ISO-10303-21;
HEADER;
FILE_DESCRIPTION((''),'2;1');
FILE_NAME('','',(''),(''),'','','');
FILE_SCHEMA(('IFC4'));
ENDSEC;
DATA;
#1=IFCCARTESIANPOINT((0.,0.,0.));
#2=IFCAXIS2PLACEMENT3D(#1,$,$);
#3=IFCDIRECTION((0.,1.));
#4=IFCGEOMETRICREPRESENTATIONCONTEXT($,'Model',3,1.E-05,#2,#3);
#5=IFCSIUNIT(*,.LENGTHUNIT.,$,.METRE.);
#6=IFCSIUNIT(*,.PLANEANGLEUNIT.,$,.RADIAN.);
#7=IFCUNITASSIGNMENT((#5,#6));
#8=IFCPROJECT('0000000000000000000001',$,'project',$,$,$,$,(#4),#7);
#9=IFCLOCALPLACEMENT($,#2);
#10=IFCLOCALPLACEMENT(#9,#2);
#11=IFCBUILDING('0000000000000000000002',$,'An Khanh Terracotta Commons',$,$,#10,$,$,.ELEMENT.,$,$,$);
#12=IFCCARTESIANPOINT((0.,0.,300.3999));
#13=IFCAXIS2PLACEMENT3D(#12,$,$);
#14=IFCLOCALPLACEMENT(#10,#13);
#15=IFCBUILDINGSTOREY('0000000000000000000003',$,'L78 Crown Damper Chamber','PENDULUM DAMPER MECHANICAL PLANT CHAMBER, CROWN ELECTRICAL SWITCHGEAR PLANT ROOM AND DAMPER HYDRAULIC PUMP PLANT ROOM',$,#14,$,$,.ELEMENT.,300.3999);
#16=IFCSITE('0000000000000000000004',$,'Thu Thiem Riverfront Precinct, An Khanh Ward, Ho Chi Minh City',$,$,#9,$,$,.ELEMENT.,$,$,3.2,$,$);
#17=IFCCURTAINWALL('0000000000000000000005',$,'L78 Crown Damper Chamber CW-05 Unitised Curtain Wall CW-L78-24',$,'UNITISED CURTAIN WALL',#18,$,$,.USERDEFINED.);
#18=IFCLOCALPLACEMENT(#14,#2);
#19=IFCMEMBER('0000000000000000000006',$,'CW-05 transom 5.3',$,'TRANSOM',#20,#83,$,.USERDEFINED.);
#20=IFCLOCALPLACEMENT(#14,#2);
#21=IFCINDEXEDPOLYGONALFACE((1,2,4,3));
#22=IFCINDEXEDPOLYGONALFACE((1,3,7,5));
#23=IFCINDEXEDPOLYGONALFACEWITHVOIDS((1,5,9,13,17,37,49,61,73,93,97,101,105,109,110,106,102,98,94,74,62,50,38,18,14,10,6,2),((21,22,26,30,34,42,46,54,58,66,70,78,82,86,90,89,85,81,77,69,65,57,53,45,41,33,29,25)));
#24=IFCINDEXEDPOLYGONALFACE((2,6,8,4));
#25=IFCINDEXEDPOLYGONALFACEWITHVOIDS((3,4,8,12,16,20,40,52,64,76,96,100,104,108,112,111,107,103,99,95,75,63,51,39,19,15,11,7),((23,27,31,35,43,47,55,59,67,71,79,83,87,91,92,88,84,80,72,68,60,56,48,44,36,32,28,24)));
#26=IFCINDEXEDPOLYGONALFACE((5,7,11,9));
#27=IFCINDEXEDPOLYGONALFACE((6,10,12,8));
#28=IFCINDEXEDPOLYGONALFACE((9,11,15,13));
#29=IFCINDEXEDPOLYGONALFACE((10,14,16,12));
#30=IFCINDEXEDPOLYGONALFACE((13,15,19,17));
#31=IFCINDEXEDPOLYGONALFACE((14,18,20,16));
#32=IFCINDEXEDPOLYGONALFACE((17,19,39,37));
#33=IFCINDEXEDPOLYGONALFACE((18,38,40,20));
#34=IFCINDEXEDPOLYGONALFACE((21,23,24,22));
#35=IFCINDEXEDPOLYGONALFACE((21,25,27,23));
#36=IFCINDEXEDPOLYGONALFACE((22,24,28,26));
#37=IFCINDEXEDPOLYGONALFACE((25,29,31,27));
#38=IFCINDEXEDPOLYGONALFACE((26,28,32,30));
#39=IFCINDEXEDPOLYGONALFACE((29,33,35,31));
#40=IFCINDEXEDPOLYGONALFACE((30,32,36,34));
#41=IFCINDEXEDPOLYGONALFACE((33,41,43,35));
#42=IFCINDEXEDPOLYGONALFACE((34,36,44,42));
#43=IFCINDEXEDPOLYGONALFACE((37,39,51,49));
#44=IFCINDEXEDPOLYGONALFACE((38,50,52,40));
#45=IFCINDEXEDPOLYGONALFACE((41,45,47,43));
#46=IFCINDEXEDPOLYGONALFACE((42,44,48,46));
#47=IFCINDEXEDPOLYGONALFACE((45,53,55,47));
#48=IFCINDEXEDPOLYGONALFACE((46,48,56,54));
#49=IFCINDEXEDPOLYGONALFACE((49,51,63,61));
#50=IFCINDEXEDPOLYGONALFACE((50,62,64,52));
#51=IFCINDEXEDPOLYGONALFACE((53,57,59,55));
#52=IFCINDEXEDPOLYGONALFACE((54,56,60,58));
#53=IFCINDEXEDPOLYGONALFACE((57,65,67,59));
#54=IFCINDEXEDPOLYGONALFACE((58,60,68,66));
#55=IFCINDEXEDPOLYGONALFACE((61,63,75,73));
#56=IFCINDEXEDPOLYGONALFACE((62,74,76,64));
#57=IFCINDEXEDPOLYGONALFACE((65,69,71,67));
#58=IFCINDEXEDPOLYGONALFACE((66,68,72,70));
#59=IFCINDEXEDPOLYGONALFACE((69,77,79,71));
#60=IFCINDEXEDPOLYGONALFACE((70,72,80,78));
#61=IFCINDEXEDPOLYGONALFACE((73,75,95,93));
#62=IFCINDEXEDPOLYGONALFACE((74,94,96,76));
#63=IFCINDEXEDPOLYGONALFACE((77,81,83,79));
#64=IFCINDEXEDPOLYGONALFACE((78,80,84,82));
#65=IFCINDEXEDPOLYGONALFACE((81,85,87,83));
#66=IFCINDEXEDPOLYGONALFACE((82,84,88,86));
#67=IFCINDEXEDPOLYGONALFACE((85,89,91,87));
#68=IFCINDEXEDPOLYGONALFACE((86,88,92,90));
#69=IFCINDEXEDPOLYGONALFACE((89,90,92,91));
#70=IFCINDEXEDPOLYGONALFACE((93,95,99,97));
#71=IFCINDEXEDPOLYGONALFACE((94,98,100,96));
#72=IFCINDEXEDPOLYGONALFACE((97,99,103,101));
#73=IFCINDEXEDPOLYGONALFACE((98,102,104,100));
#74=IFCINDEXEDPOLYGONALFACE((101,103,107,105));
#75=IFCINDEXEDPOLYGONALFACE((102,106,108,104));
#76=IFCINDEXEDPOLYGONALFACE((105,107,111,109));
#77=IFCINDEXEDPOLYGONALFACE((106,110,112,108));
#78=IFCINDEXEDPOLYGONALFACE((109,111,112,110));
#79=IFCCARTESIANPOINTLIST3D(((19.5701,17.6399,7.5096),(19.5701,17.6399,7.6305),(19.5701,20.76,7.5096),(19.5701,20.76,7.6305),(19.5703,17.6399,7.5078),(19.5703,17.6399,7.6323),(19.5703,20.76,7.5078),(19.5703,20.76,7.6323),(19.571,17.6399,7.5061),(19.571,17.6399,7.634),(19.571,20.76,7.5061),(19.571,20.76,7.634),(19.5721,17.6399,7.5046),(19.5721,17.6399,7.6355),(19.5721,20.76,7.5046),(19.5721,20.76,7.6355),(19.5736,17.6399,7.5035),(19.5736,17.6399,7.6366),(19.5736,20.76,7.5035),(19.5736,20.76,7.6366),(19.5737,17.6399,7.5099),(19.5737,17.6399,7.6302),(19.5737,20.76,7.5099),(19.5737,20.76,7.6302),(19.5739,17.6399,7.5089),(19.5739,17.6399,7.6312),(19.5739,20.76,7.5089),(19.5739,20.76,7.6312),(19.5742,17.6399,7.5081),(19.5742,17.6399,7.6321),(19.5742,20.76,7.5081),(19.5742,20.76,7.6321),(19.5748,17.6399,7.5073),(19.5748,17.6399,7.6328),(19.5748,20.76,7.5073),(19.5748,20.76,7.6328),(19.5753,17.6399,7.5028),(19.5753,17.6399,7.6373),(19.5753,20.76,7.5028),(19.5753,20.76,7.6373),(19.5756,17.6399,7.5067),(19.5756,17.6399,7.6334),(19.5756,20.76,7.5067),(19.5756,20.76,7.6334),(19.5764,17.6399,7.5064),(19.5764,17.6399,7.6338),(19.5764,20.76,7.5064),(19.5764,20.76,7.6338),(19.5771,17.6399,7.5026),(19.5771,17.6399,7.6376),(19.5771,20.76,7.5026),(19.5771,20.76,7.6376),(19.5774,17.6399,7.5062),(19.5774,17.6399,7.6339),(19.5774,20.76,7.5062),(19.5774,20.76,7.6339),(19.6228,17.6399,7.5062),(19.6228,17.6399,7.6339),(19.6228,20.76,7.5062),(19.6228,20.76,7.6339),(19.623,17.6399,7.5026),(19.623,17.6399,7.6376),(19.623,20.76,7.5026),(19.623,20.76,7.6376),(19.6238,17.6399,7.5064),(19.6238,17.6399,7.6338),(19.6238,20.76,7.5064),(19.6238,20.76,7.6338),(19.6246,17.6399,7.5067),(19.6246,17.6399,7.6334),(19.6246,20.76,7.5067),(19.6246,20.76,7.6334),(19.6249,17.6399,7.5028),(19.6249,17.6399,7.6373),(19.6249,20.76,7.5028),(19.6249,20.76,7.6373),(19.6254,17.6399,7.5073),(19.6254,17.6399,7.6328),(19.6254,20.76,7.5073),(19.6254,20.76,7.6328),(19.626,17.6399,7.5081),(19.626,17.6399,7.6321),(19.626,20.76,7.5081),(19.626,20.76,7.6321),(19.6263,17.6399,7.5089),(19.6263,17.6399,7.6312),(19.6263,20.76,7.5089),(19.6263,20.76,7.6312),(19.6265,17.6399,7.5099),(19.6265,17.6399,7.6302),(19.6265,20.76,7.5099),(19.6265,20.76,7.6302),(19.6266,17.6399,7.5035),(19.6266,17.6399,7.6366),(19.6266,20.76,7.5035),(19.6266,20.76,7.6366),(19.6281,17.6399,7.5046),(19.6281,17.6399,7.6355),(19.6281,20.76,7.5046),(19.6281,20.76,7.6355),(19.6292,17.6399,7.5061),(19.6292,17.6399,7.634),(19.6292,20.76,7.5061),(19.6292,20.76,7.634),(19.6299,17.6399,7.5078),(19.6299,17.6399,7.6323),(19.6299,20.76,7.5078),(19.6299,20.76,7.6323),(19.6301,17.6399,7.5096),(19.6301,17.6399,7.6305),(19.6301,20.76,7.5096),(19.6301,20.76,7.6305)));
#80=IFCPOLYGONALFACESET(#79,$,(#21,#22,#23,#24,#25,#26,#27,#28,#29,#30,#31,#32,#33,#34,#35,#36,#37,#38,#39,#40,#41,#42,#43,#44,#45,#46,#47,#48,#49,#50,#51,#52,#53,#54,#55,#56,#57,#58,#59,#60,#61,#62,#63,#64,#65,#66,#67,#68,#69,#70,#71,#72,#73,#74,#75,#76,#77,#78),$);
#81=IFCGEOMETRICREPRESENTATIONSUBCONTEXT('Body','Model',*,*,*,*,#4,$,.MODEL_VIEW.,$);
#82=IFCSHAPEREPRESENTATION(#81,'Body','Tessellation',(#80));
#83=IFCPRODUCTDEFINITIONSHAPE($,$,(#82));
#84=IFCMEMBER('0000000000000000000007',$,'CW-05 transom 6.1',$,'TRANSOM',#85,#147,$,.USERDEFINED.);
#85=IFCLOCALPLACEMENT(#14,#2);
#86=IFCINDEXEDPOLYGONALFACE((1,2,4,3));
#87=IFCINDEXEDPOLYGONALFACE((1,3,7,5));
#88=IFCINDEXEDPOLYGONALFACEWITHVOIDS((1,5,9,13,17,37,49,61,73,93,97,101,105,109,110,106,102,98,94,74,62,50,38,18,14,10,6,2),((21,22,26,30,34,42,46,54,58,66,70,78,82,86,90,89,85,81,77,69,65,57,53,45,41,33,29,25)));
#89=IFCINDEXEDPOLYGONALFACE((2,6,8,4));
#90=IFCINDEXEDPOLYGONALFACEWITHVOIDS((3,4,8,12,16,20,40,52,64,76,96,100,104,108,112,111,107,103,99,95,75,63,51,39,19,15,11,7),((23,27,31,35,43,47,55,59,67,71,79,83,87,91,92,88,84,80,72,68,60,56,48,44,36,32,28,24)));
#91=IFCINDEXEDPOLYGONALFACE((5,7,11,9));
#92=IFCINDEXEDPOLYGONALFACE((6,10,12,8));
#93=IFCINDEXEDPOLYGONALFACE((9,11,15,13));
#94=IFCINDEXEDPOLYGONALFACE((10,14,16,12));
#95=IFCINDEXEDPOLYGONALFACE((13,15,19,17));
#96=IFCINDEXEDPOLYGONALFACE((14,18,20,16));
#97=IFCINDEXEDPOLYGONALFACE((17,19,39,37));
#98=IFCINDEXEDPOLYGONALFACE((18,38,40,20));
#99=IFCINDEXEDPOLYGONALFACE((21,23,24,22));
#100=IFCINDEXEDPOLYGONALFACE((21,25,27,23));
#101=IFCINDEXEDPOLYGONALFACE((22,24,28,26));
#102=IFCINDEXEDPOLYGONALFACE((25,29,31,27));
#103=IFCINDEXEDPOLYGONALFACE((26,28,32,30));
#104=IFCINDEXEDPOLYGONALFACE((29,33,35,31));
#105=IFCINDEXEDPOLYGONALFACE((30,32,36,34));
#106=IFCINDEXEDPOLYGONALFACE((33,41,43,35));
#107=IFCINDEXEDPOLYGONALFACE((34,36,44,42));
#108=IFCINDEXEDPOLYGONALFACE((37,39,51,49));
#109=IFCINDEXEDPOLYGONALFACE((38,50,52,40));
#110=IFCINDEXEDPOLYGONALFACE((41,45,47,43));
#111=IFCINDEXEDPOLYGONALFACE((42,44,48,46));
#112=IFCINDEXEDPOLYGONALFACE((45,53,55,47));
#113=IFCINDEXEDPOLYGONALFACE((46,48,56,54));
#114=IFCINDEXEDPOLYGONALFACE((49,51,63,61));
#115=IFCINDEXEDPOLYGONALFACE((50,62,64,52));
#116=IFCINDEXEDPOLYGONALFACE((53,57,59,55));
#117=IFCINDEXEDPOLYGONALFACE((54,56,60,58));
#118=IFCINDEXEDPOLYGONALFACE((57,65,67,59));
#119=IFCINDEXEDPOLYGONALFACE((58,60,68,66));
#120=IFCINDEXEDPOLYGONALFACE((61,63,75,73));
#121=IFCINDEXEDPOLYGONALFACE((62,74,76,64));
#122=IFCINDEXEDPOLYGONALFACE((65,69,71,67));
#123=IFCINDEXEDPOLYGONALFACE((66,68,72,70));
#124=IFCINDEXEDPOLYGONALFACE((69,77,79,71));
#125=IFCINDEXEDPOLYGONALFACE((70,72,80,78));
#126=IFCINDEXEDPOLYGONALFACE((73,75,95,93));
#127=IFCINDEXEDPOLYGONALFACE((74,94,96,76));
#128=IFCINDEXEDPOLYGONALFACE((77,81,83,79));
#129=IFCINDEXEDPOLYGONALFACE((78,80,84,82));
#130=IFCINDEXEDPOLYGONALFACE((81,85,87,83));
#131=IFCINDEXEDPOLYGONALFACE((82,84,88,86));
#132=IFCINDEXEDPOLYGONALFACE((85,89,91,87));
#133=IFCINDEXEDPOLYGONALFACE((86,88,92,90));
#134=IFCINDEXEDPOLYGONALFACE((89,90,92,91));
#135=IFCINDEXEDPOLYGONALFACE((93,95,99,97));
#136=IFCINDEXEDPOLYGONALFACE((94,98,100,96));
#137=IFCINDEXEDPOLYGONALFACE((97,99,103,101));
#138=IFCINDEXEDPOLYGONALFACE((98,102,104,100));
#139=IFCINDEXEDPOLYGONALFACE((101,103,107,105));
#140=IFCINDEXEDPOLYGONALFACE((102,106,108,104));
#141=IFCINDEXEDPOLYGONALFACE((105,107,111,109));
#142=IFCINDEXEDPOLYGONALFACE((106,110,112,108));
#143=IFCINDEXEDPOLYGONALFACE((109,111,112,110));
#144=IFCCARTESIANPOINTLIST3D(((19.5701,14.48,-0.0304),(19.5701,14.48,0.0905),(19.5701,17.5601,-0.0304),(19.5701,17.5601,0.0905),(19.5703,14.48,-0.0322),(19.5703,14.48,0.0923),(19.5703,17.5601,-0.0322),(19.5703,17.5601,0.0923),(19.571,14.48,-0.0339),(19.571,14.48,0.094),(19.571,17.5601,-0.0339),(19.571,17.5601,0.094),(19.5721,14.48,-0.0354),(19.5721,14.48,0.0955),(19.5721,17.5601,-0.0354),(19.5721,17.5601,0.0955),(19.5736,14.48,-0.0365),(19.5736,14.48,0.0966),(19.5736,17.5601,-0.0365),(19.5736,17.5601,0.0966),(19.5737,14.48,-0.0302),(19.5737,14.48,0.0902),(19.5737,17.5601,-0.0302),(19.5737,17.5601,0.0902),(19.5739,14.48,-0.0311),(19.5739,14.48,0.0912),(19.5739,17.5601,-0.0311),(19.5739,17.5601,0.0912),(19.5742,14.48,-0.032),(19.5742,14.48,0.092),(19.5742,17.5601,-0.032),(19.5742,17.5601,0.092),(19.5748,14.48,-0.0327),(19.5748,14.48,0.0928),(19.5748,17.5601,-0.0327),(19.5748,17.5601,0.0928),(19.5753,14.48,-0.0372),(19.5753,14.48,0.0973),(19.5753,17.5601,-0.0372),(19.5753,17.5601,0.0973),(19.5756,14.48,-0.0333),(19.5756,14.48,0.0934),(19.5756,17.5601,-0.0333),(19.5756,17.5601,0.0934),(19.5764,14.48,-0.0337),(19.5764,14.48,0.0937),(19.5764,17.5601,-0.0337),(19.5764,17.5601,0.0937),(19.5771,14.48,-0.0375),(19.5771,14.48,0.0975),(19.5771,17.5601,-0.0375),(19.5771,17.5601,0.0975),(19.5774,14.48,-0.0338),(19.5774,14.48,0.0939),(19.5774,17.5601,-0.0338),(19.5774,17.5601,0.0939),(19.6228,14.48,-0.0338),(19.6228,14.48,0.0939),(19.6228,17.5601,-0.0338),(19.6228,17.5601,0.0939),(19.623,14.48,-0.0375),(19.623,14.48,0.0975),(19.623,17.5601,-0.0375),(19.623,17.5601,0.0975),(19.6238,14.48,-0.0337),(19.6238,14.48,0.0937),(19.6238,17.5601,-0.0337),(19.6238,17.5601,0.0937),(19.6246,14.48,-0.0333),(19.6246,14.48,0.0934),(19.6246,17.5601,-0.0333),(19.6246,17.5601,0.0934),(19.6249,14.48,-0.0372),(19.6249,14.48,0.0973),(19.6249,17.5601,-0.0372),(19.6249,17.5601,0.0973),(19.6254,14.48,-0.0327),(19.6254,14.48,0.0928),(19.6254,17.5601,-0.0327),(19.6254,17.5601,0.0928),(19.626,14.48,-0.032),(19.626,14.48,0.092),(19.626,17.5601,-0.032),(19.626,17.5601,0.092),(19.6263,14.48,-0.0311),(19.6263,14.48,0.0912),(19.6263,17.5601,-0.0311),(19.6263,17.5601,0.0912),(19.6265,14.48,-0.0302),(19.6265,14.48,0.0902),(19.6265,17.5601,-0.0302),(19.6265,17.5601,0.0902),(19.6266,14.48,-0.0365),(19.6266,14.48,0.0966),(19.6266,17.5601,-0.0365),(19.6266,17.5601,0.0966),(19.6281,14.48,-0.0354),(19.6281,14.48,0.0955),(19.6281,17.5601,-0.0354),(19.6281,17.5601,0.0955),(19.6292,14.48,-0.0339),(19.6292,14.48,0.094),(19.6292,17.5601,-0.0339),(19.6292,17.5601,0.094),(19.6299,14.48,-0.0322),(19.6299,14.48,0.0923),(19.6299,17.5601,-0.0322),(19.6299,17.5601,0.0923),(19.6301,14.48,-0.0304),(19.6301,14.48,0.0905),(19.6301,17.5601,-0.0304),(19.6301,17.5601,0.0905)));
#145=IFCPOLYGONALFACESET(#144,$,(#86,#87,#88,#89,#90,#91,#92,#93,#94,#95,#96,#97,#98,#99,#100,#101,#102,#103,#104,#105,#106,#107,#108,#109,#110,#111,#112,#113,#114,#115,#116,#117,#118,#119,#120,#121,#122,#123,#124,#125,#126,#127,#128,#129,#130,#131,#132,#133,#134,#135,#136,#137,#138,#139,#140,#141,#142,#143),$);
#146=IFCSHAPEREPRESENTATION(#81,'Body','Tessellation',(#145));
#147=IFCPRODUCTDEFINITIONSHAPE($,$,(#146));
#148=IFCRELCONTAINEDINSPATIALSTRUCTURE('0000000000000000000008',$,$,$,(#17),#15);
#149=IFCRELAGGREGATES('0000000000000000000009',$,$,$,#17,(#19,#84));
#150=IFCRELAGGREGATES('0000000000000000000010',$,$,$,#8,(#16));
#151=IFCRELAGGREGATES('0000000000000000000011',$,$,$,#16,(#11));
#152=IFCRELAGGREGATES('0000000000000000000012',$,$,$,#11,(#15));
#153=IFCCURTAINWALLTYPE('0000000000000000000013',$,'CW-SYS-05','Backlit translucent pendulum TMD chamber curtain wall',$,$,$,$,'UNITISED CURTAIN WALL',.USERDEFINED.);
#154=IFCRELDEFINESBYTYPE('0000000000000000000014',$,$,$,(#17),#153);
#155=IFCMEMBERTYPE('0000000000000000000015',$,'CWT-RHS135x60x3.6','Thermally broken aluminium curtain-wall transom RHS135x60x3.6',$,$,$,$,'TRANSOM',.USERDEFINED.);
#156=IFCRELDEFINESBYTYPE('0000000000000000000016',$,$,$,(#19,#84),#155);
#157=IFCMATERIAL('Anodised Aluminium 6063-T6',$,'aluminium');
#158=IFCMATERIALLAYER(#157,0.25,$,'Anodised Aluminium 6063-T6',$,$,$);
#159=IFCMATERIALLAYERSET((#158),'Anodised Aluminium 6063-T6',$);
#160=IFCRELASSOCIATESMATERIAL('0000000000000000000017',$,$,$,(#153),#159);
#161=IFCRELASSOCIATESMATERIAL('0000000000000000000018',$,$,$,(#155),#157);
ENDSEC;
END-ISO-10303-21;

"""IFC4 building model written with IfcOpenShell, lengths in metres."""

from ifc_helpers import new_model, si_unit, direction, frame, origin, origin_2d, place, context, subcontext, project, spatial, hollow_rectangle, extrude, material, layer, layer_set, material_profile, profile_set, type_object, element, aggregate, save


model = new_model("IFC4")

# Units and contexts
model_context = context("Model", 3, precision=1e-05, world=origin(), true_north=direction((0.0, 1.0)))
body_context = subcontext(model_context, "Body", "Model", "MODEL_VIEW")
ifc_project = project(units=[si_unit("LENGTHUNIT", "METRE"), si_unit("PLANEANGLEUNIT", "RADIAN")], contexts=[model_context])

# Site, building, storey
site_placement = place(None, origin())
site = spatial("IfcSite", under=ifc_project, at=site_placement, Name="Thu Thiem Riverfront Precinct, An Khanh Ward, Ho Chi Minh City", CompositionType="ELEMENT", RefElevation=3.2)
building_placement = place(site_placement, origin())
building = spatial("IfcBuilding", under=site, at=building_placement, Name="An Khanh Terracotta Commons", CompositionType="ELEMENT")
storey_placement = place(building_placement, frame((0.0, 0.0, 300.3999)))
storey = spatial("IfcBuildingStorey", under=building, at=storey_placement, Name="L78 Crown Damper Chamber", Description="PENDULUM DAMPER MECHANICAL PLANT CHAMBER, CROWN ELECTRICAL SWITCHGEAR PLANT ROOM AND DAMPER HYDRAULIC PUMP PLANT ROOM", CompositionType="ELEMENT", Elevation=300.3999)

# Curtain wall, members
ifc_material_1 = material(Name="Anodised Aluminium 6063-T6", Category="aluminium")
ifc_layer_1 = layer(ifc_material_1, 0.25, Name="Anodised Aluminium 6063-T6")
ifc_layer_set_1 = layer_set([ifc_layer_1], Name="Anodised Aluminium 6063-T6")
curtain_wall_type = type_object("IfcCurtainWallType", Name="CW-SYS-05", Description="Backlit translucent pendulum TMD chamber curtain wall", ElementType="UNITISED CURTAIN WALL", PredefinedType="USERDEFINED", material=ifc_layer_set_1)
curtain_wall_placement = place(storey_placement, origin())
curtain_wall = element("IfcCurtainWall", 1, at=curtain_wall_placement, inside=storey, type_object=curtain_wall_type, Name="L78 Crown Damper Chamber CW-05 Unitised Curtain Wall CW-L78-24", ObjectType="UNITISED CURTAIN WALL", PredefinedType="USERDEFINED")
ifc_material_profile_1 = material_profile(ifc_material_1, hollow_rectangle(XDim=0.0601, YDim=0.135, WallThickness=0.0037, InnerFilletRadius=0.0037, OuterFilletRadius=0.0071, at=origin_2d()), Name="RHS135x60x3.6")
ifc_profile_set_1 = profile_set([ifc_material_profile_1], Name="Anodised Aluminium 6063-T6")
member_type_1 = type_object("IfcMemberType", Name="CWT-RHS135x60x3.6", Description="Thermally broken aluminium curtain-wall transom RHS135x60x3.6", ElementType="TRANSOM", PredefinedType="USERDEFINED", material=ifc_profile_set_1)
member_1_placement = place(storey_placement, frame((19.6001, 20.76, 7.5701), z_axis=(0.0, -1.0, 0.0), x_axis=(1.0, 0.0, 0.0)))
member_1 = element("IfcMember", 2, at=member_1_placement, type_object=member_type_1, Name="CW-05 transom 5.3", ObjectType="TRANSOM", PredefinedType="USERDEFINED", context=body_context, shape_type="SweptSolid", body=[
    extrude(hollow_rectangle(XDim=0.0601, YDim=0.135, WallThickness=0.0037, InnerFilletRadius=0.0037, OuterFilletRadius=0.0071, at=origin_2d()), origin(), (0.0, 0.0, 1.0), 3.1201),
])
member_2_placement = place(storey_placement, frame((19.6001, 17.5601, 0.03), z_axis=(0.0, -1.0, 0.0), x_axis=(1.0, 0.0, 0.0)))
member_2 = element("IfcMember", 3, at=member_2_placement, type_object=member_type_1, Name="CW-05 transom 6.1", ObjectType="TRANSOM", PredefinedType="USERDEFINED", context=body_context, shape_type="SweptSolid", body=[
    extrude(hollow_rectangle(XDim=0.0601, YDim=0.135, WallThickness=0.0037, InnerFilletRadius=0.0037, OuterFilletRadius=0.0071, at=origin_2d()), origin(), (0.0, 0.0, 1.0), 3.0801),
])
aggregate(curtain_wall, [member_1, member_2])

save(model, "model.ifc")
